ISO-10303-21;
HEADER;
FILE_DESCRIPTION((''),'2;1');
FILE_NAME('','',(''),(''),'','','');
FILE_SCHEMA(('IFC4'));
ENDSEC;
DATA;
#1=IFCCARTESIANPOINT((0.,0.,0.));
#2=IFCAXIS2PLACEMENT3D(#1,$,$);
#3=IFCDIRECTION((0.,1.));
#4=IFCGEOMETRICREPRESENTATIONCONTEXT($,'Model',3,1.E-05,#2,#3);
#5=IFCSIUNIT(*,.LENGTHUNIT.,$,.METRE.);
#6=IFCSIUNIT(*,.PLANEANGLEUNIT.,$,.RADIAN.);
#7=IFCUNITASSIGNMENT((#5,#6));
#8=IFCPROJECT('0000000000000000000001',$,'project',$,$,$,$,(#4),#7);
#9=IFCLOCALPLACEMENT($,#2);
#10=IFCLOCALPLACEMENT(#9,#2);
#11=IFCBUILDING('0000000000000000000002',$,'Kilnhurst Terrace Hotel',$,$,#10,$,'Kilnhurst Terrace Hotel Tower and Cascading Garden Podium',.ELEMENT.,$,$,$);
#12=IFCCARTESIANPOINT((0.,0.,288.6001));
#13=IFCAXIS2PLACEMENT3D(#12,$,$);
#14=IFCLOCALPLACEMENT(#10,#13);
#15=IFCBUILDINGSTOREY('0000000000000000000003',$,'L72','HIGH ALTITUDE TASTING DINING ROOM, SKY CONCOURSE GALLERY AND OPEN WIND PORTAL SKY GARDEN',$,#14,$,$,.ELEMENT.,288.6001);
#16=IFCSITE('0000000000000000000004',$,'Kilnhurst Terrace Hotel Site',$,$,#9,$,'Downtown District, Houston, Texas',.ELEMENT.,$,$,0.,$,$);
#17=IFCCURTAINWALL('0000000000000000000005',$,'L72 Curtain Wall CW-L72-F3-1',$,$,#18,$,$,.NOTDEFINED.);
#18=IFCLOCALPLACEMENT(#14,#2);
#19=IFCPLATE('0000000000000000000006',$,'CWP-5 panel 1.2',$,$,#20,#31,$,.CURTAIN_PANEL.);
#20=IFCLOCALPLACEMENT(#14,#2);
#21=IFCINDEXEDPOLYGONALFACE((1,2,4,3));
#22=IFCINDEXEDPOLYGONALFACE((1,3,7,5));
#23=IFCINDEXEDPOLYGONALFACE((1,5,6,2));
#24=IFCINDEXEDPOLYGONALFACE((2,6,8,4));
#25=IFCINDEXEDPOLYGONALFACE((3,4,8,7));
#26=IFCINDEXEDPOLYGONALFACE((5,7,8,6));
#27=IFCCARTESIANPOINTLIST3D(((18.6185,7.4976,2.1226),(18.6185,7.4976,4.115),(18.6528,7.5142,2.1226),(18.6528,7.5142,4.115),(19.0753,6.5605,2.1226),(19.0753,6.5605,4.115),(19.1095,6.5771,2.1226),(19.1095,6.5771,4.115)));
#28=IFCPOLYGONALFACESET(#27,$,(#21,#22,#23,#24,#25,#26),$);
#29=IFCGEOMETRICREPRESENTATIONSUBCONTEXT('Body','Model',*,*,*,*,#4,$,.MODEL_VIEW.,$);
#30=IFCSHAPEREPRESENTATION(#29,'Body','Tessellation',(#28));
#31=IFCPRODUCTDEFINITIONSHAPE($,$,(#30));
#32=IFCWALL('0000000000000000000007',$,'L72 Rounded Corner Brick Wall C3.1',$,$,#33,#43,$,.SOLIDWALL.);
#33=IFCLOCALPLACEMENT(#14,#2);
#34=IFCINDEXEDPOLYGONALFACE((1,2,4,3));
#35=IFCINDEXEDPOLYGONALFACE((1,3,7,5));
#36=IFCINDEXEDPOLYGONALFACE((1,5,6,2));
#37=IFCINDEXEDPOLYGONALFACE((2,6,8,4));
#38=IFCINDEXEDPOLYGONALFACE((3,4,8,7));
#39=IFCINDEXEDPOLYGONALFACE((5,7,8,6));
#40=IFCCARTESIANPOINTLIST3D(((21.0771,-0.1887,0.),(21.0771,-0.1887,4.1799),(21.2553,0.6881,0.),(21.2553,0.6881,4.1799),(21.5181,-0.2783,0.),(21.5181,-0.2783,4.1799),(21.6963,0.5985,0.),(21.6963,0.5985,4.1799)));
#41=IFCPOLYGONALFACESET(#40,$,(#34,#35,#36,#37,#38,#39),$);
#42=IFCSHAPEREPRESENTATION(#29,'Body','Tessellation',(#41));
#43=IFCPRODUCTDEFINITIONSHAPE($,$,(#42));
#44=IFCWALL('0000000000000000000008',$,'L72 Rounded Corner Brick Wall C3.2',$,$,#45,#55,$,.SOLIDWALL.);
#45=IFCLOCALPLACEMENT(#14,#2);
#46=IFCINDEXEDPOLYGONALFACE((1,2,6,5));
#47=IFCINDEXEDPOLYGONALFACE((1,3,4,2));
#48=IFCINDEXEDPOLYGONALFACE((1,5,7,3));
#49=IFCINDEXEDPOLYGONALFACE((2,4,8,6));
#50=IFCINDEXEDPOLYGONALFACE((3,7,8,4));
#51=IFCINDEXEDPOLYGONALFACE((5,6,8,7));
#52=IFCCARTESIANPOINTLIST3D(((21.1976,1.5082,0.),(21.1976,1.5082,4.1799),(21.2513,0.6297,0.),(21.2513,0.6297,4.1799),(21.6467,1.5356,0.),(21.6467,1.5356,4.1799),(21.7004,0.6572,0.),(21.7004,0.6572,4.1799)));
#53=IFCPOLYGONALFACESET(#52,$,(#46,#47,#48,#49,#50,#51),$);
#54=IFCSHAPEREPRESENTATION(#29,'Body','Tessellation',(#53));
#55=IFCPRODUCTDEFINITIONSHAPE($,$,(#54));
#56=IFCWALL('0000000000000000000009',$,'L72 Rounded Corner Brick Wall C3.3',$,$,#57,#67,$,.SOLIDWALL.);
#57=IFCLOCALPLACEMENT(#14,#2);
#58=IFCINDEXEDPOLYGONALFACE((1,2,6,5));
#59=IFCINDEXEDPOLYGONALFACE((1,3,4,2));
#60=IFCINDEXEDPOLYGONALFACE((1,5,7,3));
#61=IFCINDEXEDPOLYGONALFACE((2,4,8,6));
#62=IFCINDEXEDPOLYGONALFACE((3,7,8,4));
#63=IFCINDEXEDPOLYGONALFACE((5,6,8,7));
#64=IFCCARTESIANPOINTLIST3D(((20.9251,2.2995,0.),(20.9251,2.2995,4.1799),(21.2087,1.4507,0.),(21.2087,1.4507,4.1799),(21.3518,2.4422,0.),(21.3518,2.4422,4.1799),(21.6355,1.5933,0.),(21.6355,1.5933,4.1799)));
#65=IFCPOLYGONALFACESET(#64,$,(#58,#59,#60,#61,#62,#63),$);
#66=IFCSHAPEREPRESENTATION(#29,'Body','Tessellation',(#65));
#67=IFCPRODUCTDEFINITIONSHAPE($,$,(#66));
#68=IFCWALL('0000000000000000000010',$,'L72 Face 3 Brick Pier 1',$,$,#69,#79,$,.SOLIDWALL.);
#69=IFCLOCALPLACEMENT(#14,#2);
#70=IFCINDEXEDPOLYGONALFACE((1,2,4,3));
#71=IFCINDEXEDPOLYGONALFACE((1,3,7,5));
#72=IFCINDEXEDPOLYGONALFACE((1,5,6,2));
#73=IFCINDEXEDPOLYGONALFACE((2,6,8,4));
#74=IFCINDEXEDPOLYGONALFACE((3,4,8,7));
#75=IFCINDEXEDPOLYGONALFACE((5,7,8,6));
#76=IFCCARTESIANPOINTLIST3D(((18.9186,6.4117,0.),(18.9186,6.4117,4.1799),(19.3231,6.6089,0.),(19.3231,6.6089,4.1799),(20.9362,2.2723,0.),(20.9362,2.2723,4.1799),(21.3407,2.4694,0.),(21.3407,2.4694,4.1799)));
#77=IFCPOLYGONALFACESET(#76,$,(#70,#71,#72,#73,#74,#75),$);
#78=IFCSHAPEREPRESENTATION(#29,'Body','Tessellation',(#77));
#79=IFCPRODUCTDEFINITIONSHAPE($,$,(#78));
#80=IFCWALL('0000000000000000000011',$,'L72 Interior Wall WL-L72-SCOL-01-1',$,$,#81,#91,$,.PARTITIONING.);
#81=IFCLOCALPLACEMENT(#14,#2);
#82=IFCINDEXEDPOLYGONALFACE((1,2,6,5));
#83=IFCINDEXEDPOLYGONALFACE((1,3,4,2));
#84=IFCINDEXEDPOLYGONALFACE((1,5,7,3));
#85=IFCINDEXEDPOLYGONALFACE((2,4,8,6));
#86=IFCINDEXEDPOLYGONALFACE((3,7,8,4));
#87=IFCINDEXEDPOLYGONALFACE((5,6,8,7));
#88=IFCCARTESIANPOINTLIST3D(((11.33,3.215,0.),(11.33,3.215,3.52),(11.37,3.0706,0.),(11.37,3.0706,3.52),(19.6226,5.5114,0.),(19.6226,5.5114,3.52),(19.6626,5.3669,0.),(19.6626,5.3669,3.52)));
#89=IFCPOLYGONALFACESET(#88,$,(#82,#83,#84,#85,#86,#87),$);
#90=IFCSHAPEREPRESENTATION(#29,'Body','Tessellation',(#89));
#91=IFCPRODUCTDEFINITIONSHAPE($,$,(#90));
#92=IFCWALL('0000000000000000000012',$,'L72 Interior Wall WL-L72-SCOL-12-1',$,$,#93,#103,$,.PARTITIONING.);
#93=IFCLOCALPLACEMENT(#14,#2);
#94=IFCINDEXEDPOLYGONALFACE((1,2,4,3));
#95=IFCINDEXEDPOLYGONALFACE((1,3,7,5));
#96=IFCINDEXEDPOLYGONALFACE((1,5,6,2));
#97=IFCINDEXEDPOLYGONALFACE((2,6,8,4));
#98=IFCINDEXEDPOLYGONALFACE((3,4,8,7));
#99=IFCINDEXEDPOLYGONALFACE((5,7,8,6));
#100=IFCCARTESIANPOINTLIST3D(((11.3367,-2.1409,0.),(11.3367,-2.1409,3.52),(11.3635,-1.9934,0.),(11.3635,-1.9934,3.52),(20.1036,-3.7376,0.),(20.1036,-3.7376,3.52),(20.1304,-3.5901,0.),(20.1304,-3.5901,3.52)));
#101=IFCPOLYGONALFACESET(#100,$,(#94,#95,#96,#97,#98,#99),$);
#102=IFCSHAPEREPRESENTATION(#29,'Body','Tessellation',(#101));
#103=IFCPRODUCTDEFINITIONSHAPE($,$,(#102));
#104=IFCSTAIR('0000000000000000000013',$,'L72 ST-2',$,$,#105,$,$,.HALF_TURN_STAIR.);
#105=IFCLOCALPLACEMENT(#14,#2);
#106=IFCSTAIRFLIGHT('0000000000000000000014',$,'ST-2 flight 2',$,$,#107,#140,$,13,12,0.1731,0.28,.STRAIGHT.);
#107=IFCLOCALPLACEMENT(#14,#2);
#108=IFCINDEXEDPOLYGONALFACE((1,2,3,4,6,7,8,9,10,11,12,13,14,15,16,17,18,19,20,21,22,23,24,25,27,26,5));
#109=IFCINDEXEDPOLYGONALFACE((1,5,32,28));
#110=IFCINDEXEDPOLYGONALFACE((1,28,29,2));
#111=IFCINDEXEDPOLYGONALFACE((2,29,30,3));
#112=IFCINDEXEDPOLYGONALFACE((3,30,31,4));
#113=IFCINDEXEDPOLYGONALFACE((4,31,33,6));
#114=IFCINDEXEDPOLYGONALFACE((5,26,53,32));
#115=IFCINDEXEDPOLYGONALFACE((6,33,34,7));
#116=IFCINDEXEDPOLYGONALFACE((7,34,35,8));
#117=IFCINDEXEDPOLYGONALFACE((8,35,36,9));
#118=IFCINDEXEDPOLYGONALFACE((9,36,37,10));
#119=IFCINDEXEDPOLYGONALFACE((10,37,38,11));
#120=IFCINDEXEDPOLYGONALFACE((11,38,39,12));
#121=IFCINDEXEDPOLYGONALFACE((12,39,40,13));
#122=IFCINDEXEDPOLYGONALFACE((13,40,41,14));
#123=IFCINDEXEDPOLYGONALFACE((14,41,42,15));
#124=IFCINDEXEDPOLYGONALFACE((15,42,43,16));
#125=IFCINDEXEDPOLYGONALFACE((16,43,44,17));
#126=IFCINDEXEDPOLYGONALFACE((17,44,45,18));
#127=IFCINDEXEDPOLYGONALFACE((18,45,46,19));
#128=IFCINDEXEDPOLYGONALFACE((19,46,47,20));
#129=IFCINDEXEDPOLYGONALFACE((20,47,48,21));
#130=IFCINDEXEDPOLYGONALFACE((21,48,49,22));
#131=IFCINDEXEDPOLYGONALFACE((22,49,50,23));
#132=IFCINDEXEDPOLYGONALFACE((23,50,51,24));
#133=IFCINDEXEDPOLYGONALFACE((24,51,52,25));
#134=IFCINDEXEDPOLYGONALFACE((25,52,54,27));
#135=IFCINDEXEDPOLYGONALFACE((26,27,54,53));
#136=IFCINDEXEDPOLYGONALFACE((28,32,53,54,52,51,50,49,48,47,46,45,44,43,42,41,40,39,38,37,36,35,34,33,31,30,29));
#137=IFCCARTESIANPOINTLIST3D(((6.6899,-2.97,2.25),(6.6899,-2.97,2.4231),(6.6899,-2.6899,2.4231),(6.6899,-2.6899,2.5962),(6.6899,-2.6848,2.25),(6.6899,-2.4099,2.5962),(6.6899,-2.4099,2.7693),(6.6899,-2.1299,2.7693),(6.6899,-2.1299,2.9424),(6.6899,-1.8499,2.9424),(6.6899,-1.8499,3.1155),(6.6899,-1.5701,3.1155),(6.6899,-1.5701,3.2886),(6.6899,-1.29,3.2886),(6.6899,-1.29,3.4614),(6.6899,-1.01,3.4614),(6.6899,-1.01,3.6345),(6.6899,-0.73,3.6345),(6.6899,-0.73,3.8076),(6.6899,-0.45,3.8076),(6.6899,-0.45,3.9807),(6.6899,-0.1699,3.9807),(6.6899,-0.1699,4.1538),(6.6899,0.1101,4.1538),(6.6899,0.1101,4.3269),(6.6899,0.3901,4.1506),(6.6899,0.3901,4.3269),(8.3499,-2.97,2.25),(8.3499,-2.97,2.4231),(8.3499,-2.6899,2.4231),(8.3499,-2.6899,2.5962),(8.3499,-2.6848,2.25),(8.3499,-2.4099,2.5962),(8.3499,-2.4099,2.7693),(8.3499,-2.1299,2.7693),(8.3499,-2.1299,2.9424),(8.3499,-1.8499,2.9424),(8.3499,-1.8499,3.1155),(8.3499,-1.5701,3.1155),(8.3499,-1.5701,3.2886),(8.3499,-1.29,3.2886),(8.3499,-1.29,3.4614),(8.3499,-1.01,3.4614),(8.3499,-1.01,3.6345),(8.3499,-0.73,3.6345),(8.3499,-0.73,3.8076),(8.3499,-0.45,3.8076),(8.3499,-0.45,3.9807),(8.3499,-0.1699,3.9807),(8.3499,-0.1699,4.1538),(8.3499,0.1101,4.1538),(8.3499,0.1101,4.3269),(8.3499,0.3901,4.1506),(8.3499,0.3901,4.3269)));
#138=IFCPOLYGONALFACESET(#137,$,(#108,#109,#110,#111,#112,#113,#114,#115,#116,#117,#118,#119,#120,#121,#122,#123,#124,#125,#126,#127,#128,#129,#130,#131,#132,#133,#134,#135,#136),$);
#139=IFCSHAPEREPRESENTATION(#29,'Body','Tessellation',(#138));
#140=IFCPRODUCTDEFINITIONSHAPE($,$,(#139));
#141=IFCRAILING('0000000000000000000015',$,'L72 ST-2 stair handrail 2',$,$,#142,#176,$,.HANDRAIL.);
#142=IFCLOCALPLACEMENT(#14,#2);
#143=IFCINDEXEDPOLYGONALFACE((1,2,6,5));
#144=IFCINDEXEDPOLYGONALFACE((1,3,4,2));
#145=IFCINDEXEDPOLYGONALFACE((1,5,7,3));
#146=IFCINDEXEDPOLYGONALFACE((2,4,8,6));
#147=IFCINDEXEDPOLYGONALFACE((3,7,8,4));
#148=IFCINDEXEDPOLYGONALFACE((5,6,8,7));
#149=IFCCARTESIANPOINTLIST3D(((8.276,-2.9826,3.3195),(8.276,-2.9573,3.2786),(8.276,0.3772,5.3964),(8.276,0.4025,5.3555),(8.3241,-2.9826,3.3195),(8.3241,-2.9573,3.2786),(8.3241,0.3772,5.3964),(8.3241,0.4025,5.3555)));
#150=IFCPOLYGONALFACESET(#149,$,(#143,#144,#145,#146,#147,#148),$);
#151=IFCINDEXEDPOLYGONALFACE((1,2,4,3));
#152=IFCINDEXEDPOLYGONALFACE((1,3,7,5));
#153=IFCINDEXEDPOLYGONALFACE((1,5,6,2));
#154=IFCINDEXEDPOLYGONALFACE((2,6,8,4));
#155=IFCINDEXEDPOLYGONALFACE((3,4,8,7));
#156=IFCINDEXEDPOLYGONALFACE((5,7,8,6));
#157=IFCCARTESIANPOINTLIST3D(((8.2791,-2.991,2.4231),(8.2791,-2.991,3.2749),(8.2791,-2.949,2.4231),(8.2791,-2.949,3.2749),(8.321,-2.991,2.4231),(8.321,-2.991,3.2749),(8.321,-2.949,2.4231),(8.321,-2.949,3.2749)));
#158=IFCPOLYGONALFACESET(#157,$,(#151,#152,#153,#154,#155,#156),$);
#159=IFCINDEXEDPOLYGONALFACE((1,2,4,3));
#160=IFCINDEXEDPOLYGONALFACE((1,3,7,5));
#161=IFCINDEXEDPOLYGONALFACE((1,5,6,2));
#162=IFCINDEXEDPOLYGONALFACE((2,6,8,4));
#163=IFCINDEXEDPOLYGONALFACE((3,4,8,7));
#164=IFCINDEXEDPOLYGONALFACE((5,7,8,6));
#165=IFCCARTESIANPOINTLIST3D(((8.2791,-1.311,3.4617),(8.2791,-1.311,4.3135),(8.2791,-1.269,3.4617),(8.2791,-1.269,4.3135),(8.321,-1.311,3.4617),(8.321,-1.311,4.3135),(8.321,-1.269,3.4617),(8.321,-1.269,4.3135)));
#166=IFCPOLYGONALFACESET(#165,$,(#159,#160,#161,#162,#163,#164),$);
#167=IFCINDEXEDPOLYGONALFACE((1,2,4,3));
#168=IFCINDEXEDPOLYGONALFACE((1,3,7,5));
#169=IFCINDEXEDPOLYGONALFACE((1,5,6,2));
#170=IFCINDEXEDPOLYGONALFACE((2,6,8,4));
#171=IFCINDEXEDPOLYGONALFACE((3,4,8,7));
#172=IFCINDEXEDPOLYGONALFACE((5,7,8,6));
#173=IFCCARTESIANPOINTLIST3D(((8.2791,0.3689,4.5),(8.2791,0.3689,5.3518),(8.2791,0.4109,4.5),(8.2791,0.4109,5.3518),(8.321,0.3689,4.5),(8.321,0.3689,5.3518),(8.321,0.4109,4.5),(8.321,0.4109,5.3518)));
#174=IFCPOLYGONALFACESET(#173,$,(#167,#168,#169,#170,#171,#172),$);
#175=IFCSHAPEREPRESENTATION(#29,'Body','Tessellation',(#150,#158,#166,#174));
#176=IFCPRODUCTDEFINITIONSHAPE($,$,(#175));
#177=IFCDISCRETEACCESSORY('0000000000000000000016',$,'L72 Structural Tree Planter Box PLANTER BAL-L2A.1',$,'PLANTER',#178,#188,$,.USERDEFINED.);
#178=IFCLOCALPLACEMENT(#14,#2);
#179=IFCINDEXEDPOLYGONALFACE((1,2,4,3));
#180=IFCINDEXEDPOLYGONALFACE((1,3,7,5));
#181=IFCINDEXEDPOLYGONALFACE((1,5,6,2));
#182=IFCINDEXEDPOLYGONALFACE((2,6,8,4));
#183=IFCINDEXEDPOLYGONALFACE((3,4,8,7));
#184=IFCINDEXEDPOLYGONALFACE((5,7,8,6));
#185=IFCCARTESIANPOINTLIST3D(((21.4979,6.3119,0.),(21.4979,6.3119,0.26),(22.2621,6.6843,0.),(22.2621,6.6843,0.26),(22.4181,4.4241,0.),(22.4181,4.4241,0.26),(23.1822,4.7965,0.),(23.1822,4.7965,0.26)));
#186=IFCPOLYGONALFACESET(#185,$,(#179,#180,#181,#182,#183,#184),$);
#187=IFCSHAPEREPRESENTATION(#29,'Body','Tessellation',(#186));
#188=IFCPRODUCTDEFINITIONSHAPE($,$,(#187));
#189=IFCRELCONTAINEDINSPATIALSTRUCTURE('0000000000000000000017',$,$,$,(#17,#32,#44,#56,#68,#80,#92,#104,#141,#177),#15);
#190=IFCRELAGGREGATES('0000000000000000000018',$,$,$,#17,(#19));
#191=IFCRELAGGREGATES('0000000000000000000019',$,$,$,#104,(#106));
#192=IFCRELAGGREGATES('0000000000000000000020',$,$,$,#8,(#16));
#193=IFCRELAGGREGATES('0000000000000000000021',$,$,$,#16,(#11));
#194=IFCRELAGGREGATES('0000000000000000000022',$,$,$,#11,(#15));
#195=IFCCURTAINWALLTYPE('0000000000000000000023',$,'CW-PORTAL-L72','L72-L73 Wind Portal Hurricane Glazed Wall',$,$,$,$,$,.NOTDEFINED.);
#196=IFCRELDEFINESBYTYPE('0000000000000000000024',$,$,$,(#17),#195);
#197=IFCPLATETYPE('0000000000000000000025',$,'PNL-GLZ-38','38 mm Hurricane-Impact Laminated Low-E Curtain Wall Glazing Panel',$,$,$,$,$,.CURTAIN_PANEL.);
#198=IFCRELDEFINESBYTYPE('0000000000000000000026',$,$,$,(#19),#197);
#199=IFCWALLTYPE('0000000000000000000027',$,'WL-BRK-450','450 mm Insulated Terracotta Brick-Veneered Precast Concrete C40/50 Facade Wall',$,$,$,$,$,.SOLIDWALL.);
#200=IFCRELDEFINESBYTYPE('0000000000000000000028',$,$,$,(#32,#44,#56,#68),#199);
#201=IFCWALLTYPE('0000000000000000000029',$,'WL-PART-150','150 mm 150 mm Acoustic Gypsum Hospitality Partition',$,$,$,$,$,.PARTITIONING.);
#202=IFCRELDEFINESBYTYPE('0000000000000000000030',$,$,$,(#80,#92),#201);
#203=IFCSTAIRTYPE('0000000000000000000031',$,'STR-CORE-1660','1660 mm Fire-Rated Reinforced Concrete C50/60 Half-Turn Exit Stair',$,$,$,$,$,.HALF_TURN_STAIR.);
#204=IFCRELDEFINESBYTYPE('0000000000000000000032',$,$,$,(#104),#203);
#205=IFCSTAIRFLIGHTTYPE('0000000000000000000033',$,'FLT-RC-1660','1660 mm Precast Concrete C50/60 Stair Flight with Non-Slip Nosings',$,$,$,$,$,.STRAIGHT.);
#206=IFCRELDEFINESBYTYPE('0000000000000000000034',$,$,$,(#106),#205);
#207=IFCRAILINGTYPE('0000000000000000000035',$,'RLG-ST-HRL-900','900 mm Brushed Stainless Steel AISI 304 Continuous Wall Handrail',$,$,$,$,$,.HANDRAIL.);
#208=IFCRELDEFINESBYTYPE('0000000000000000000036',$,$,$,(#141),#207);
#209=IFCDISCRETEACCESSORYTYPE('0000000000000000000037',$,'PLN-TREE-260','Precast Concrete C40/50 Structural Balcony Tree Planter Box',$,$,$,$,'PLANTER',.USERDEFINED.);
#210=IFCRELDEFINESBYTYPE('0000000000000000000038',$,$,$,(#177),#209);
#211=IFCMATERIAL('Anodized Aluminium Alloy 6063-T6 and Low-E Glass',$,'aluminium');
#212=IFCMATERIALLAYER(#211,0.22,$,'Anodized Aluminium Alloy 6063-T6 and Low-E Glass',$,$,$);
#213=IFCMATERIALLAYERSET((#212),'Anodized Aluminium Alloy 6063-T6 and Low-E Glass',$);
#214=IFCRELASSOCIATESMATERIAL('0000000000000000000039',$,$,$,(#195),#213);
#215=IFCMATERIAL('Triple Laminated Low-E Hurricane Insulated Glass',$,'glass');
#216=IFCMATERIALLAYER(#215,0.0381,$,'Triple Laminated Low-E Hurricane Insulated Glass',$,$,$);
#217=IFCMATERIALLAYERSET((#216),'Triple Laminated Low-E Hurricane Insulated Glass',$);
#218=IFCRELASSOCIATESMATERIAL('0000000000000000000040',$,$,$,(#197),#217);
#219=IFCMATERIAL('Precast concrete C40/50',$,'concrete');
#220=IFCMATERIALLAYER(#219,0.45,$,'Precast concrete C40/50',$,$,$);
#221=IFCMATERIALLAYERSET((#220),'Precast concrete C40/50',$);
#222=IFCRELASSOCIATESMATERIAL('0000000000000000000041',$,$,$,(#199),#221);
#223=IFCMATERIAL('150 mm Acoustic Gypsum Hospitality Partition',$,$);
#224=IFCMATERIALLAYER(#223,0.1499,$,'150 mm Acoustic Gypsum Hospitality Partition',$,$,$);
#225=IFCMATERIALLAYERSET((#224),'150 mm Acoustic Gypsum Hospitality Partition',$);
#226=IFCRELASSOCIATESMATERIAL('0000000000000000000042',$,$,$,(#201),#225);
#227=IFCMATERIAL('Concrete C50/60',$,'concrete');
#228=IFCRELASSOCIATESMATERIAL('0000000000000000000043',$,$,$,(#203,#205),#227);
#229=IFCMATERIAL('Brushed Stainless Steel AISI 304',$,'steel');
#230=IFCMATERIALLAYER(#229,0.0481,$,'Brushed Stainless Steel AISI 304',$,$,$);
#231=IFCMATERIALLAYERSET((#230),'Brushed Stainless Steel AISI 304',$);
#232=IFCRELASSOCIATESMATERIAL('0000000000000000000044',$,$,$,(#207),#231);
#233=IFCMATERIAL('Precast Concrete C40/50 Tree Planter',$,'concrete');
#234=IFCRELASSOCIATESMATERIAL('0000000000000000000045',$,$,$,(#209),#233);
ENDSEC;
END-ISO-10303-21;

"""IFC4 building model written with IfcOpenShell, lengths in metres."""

from ifc_helpers import new_model, si_unit, direction, frame, frame_2d, origin, origin_2d, place, context, subcontext, project, spatial, polyline, rectangle, outline, extrude, material, layer, layer_set, type_object, element, aggregate, save


model = new_model("IFC4")

# Units and contexts
model_context = context("Model", 3, precision=1e-05, world=origin(), true_north=direction((0.0, 1.0)))
body_context = subcontext(model_context, "Body", "Model", "MODEL_VIEW")
ifc_project = project(units=[si_unit("LENGTHUNIT", "METRE"), si_unit("PLANEANGLEUNIT", "RADIAN")], contexts=[model_context])

# Site, building, storey
site_placement = place(None, origin())
site = spatial("IfcSite", under=ifc_project, at=site_placement, Name="Kilnhurst Terrace Hotel Site", LongName="Downtown District, Houston, Texas", CompositionType="ELEMENT", RefElevation=0.0)
building_placement = place(site_placement, origin())
building = spatial("IfcBuilding", under=site, at=building_placement, Name="Kilnhurst Terrace Hotel", LongName="Kilnhurst Terrace Hotel Tower and Cascading Garden Podium", CompositionType="ELEMENT")
storey_placement = place(building_placement, frame((0.0, 0.0, 288.6001)))
storey = spatial("IfcBuildingStorey", under=building, at=storey_placement, Name="L72", Description="HIGH ALTITUDE TASTING DINING ROOM, SKY CONCOURSE GALLERY AND OPEN WIND PORTAL SKY GARDEN", CompositionType="ELEMENT", Elevation=288.6001)

# Shared definitions
ifc_material_1 = material(Name="Concrete C50/60", Category="concrete")

# Curtain wall, plate
ifc_material_2 = material(Name="Anodized Aluminium Alloy 6063-T6 and Low-E Glass", Category="aluminium")
ifc_layer_1 = layer(ifc_material_2, 0.22, Name="Anodized Aluminium Alloy 6063-T6 and Low-E Glass")
ifc_layer_set_1 = layer_set([ifc_layer_1], Name="Anodized Aluminium Alloy 6063-T6 and Low-E Glass")
curtain_wall_type = type_object("IfcCurtainWallType", Name="CW-PORTAL-L72", Description="L72-L73 Wind Portal Hurricane Glazed Wall", PredefinedType="NOTDEFINED", material=ifc_layer_set_1)
curtain_wall_placement = place(storey_placement, origin())
curtain_wall = element("IfcCurtainWall", 1, at=curtain_wall_placement, inside=storey, type_object=curtain_wall_type, Name="L72 Curtain Wall CW-L72-F3-1", PredefinedType="NOTDEFINED")
ifc_material_3 = material(Name="Triple Laminated Low-E Hurricane Insulated Glass", Category="glass")
ifc_layer_2 = layer(ifc_material_3, 0.0381, Name="Triple Laminated Low-E Hurricane Insulated Glass")
ifc_layer_set_2 = layer_set([ifc_layer_2], Name="Triple Laminated Low-E Hurricane Insulated Glass")
plate_type = type_object("IfcPlateType", Name="PNL-GLZ-38", Description="38 mm Hurricane-Impact Laminated Low-E Curtain Wall Glazing Panel", PredefinedType="CURTAIN_PANEL", material=ifc_layer_set_2)
plate_1_placement = place(storey_placement, frame((18.864, 7.0374, 2.1226), z_axis=(0.0, 0.0, 1.0), x_axis=(-0.43812, 0.898916, 0.0)))
plate_1 = element("IfcPlate", 2, at=plate_1_placement, type_object=plate_type, Name="CWP-5 panel 1.2", PredefinedType="CURTAIN_PANEL", context=body_context, shape_type="SweptSolid", body=[
    extrude(rectangle(XDim=1.0425, YDim=0.0381, at=origin_2d()), origin(), (0.0, 0.0, 1.0), 1.9924),
])
aggregate(curtain_wall, [plate_1])

# Walls
ifc_material_4 = material(Name="Precast concrete C40/50", Category="concrete")
ifc_layer_3 = layer(ifc_material_4, 0.45, Name="Precast concrete C40/50")
ifc_layer_set_3 = layer_set([ifc_layer_3], Name="Precast concrete C40/50")
wall_type_1 = type_object("IfcWallType", Name="WL-BRK-450", Description="450 mm Insulated Terracotta Brick-Veneered Precast Concrete C40/50 Facade Wall", PredefinedType="SOLIDWALL", material=ifc_layer_set_3)
wall_1_placement = place(storey_placement, frame((21.2976, -0.2334, 0.0), z_axis=(0.0, 0.0, 1.0), x_axis=(0.199158, 0.979967, 0.0)))
element("IfcWall", 3, at=wall_1_placement, inside=storey, type_object=wall_type_1, Name="L72 Rounded Corner Brick Wall C3.1", PredefinedType="SOLIDWALL", context=body_context, shape_type="SweptSolid", body=[
    extrude(rectangle(XDim=0.8948, YDim=0.45, at=frame_2d((0.4473, 0.0))), origin(), (0.0, 0.0, 1.0), 4.1799),
])
wall_2_placement = place(storey_placement, frame((21.4758, 0.6436, 0.0), z_axis=(0.0, 0.0, 1.0), x_axis=(-0.061031, 0.998136, 0.0)))
element("IfcWall", 4, at=wall_2_placement, inside=storey, type_object=wall_type_1, Name="L72 Rounded Corner Brick Wall C3.2", PredefinedType="SOLIDWALL", context=body_context, shape_type="SweptSolid", body=[
    extrude(rectangle(XDim=0.8801, YDim=0.45, at=frame_2d((0.4399, 0.0))), origin(), (0.0, 0.0, 1.0), 4.1799),
])
wall_3_placement = place(storey_placement, frame((21.4221, 1.522, 0.0), z_axis=(0.0, 0.0, 1.0), x_axis=(-0.316964, 0.948438, 0.0)))
element("IfcWall", 5, at=wall_3_placement, inside=storey, type_object=wall_type_1, Name="L72 Rounded Corner Brick Wall C3.3", PredefinedType="SOLIDWALL", context=body_context, shape_type="SweptSolid", body=[
    extrude(rectangle(XDim=0.895, YDim=0.45, at=frame_2d((0.4475, 0.0))), origin(), (0.0, 0.0, 1.0), 4.1799),
])
wall_4_placement = place(storey_placement, frame((21.1384, 2.3708, 0.0), z_axis=(0.0, 0.0, 1.0), x_axis=(-0.438135, 0.898909, 0.0)))
element("IfcWall", 6, at=wall_4_placement, inside=storey, type_object=wall_type_1, Name="L72 Face 3 Brick Pier 1", PredefinedType="SOLIDWALL", context=body_context, shape_type="SweptSolid", body=[
    extrude(rectangle(XDim=4.605, YDim=0.45, at=frame_2d((2.3025, 0.0))), origin(), (0.0, 0.0, 1.0), 4.1799),
])
ifc_material_5 = material(Name="150 mm Acoustic Gypsum Hospitality Partition")
ifc_layer_4 = layer(ifc_material_5, 0.1499, Name="150 mm Acoustic Gypsum Hospitality Partition")
ifc_layer_set_4 = layer_set([ifc_layer_4], Name="150 mm Acoustic Gypsum Hospitality Partition")
wall_type_2 = type_object("IfcWallType", Name="WL-PART-150", Description="150 mm 150 mm Acoustic Gypsum Hospitality Partition", PredefinedType="PARTITIONING", material=ifc_layer_set_4)
wall_5_placement = place(storey_placement, frame((11.3501, 3.1428, 0.0), z_axis=(0.0, 0.0, 1.0), x_axis=(0.963732, 0.266873, 0.0)))
element("IfcWall", 7, at=wall_5_placement, inside=storey, type_object=wall_type_2, Name="L72 Interior Wall WL-L72-SCOL-01-1", PredefinedType="PARTITIONING", context=body_context, shape_type="SweptSolid", body=[
    extrude(rectangle(XDim=8.6047, YDim=0.1499, at=frame_2d((4.3022, 0.0))), origin(), (0.0, 0.0, 1.0), 3.52),
])
wall_6_placement = place(storey_placement, frame((11.3501, -2.0671, 0.0), z_axis=(0.0, 0.0, 1.0), x_axis=(0.983816, -0.17918, 0.0)))
element("IfcWall", 8, at=wall_6_placement, inside=storey, type_object=wall_type_2, Name="L72 Interior Wall WL-L72-SCOL-12-1", PredefinedType="PARTITIONING", context=body_context, shape_type="SweptSolid", body=[
    extrude(rectangle(XDim=8.9111, YDim=0.1499, at=frame_2d((4.4556, 0.0))), origin(), (0.0, 0.0, 1.0), 3.52),
])

# Stair, stair flight
stair_type = type_object("IfcStairType", Name="STR-CORE-1660", Description="1660 mm Fire-Rated Reinforced Concrete C50/60 Half-Turn Exit Stair", PredefinedType="HALF_TURN_STAIR", material=ifc_material_1)
stair_placement = place(storey_placement, origin())
stair = element("IfcStair", 9, at=stair_placement, inside=storey, type_object=stair_type, Name="L72 ST-2", PredefinedType="HALF_TURN_STAIR")
stair_flight_type = type_object("IfcStairFlightType", Name="FLT-RC-1660", Description="1660 mm Precast Concrete C50/60 Stair Flight with Non-Slip Nosings", PredefinedType="STRAIGHT", material=ifc_material_1)
stair_flight_placement = place(storey_placement, frame((7.52, -2.97, 2.25), z_axis=(0.0, 0.0, 1.0), x_axis=(0.0, 1.0, 0.0)))
stair_flight = element("IfcStairFlight", 10, at=stair_flight_placement, type_object=stair_flight_type, Name="ST-2 flight 2", NumberOfRisers=13, NumberOfTreads=12, PredefinedType="STRAIGHT", RiserHeight=0.1731, TreadLength=0.28, context=body_context, shape_type="SweptSolid", body=[
    extrude(outline(polyline([(0.0, 0.0), (0.0, 0.1731), (0.28, 0.1731), (0.28, 0.3462), (0.5601, 0.3462), (0.5601, 0.5193), (0.8401, 0.5193), (0.8401, 0.6924), (1.1201, 0.6924), (1.1201, 0.8655), (1.3999, 0.8655), (1.3999, 1.0386), (1.6799, 1.0386), (1.6799, 1.2114), (1.96, 1.2114), (1.96, 1.3845), (2.24, 1.3845), (2.24, 1.5576), (2.52, 1.5576), (2.52, 1.7307), (2.8, 1.7307), (2.8, 1.9038), (3.0801, 1.9038), (3.0801, 2.0769), (3.3601, 2.0769), (3.3601, 2.25), (3.3601, 1.9006), (0.2852, 0.0), (0.0, 0.0)])), frame((0.0, 0.8301, 0.0), z_axis=(0.0, -1.0, 0.0), x_axis=(1.0, 0.0, 0.0)), (0.0, 0.0, 1.0), 1.6599),
])
aggregate(stair, [stair_flight])

# Railing
ifc_material_6 = material(Name="Brushed Stainless Steel AISI 304", Category="steel")
ifc_layer_5 = layer(ifc_material_6, 0.0481, Name="Brushed Stainless Steel AISI 304")
ifc_layer_set_5 = layer_set([ifc_layer_5], Name="Brushed Stainless Steel AISI 304")
railing_type = type_object("IfcRailingType", Name="RLG-ST-HRL-900", Description="900 mm Brushed Stainless Steel AISI 304 Continuous Wall Handrail", PredefinedType="HANDRAIL", material=ifc_layer_set_5)
railing_placement = place(storey_placement, frame((8.3, -2.97, 2.4231)))
element("IfcRailing", 11, at=railing_placement, inside=storey, type_object=railing_type, Name="L72 ST-2 stair handrail 2", PredefinedType="HANDRAIL", context=body_context, shape_type="SweptSolid", body=[
    extrude(rectangle(XDim=0.0481, YDim=0.0481, at=origin_2d()), frame((0.0, 0.0, 0.876), z_axis=(0.0, 0.850606, 0.525803), x_axis=(-1.0, 0.0, 0.0)), (0.0, 0.0, 1.0), 3.95),
    extrude(rectangle(XDim=0.042, YDim=0.042, at=origin_2d()), origin(), (0.0, 0.0, 1.0), 0.8518),
    extrude(rectangle(XDim=0.042, YDim=0.042, at=origin_2d()), frame((0.0, 1.6799, 1.0386)), (0.0, 0.0, 1.0), 0.8518),
    extrude(rectangle(XDim=0.042, YDim=0.042, at=origin_2d()), frame((0.0, 3.3599, 2.0769)), (0.0, 0.0, 1.0), 0.8518),
])

# Discrete accessory
ifc_material_7 = material(Name="Precast Concrete C40/50 Tree Planter", Category="concrete")
discrete_accessory_type = type_object("IfcDiscreteAccessoryType", Name="PLN-TREE-260", Description="Precast Concrete C40/50 Structural Balcony Tree Planter Box", ElementType="PLANTER", PredefinedType="USERDEFINED", material=ifc_material_7)
discrete_accessory_placement = place(storey_placement, frame((22.3401, 5.5542, 0.0), z_axis=(0.0, 0.0, 1.0), x_axis=(-0.438136, 0.898909, 0.0)))
element("IfcDiscreteAccessory", 12, at=discrete_accessory_placement, inside=storey, type_object=discrete_accessory_type, Name="L72 Structural Tree Planter Box PLANTER BAL-L2A.1", ObjectType="PLANTER", PredefinedType="USERDEFINED", context=body_context, shape_type="SweptSolid", body=[
    extrude(rectangle(XDim=2.1001, YDim=0.8501, at=origin_2d()), origin(), (0.0, 0.0, 1.0), 0.26),
])

save(model, "model.ifc")
